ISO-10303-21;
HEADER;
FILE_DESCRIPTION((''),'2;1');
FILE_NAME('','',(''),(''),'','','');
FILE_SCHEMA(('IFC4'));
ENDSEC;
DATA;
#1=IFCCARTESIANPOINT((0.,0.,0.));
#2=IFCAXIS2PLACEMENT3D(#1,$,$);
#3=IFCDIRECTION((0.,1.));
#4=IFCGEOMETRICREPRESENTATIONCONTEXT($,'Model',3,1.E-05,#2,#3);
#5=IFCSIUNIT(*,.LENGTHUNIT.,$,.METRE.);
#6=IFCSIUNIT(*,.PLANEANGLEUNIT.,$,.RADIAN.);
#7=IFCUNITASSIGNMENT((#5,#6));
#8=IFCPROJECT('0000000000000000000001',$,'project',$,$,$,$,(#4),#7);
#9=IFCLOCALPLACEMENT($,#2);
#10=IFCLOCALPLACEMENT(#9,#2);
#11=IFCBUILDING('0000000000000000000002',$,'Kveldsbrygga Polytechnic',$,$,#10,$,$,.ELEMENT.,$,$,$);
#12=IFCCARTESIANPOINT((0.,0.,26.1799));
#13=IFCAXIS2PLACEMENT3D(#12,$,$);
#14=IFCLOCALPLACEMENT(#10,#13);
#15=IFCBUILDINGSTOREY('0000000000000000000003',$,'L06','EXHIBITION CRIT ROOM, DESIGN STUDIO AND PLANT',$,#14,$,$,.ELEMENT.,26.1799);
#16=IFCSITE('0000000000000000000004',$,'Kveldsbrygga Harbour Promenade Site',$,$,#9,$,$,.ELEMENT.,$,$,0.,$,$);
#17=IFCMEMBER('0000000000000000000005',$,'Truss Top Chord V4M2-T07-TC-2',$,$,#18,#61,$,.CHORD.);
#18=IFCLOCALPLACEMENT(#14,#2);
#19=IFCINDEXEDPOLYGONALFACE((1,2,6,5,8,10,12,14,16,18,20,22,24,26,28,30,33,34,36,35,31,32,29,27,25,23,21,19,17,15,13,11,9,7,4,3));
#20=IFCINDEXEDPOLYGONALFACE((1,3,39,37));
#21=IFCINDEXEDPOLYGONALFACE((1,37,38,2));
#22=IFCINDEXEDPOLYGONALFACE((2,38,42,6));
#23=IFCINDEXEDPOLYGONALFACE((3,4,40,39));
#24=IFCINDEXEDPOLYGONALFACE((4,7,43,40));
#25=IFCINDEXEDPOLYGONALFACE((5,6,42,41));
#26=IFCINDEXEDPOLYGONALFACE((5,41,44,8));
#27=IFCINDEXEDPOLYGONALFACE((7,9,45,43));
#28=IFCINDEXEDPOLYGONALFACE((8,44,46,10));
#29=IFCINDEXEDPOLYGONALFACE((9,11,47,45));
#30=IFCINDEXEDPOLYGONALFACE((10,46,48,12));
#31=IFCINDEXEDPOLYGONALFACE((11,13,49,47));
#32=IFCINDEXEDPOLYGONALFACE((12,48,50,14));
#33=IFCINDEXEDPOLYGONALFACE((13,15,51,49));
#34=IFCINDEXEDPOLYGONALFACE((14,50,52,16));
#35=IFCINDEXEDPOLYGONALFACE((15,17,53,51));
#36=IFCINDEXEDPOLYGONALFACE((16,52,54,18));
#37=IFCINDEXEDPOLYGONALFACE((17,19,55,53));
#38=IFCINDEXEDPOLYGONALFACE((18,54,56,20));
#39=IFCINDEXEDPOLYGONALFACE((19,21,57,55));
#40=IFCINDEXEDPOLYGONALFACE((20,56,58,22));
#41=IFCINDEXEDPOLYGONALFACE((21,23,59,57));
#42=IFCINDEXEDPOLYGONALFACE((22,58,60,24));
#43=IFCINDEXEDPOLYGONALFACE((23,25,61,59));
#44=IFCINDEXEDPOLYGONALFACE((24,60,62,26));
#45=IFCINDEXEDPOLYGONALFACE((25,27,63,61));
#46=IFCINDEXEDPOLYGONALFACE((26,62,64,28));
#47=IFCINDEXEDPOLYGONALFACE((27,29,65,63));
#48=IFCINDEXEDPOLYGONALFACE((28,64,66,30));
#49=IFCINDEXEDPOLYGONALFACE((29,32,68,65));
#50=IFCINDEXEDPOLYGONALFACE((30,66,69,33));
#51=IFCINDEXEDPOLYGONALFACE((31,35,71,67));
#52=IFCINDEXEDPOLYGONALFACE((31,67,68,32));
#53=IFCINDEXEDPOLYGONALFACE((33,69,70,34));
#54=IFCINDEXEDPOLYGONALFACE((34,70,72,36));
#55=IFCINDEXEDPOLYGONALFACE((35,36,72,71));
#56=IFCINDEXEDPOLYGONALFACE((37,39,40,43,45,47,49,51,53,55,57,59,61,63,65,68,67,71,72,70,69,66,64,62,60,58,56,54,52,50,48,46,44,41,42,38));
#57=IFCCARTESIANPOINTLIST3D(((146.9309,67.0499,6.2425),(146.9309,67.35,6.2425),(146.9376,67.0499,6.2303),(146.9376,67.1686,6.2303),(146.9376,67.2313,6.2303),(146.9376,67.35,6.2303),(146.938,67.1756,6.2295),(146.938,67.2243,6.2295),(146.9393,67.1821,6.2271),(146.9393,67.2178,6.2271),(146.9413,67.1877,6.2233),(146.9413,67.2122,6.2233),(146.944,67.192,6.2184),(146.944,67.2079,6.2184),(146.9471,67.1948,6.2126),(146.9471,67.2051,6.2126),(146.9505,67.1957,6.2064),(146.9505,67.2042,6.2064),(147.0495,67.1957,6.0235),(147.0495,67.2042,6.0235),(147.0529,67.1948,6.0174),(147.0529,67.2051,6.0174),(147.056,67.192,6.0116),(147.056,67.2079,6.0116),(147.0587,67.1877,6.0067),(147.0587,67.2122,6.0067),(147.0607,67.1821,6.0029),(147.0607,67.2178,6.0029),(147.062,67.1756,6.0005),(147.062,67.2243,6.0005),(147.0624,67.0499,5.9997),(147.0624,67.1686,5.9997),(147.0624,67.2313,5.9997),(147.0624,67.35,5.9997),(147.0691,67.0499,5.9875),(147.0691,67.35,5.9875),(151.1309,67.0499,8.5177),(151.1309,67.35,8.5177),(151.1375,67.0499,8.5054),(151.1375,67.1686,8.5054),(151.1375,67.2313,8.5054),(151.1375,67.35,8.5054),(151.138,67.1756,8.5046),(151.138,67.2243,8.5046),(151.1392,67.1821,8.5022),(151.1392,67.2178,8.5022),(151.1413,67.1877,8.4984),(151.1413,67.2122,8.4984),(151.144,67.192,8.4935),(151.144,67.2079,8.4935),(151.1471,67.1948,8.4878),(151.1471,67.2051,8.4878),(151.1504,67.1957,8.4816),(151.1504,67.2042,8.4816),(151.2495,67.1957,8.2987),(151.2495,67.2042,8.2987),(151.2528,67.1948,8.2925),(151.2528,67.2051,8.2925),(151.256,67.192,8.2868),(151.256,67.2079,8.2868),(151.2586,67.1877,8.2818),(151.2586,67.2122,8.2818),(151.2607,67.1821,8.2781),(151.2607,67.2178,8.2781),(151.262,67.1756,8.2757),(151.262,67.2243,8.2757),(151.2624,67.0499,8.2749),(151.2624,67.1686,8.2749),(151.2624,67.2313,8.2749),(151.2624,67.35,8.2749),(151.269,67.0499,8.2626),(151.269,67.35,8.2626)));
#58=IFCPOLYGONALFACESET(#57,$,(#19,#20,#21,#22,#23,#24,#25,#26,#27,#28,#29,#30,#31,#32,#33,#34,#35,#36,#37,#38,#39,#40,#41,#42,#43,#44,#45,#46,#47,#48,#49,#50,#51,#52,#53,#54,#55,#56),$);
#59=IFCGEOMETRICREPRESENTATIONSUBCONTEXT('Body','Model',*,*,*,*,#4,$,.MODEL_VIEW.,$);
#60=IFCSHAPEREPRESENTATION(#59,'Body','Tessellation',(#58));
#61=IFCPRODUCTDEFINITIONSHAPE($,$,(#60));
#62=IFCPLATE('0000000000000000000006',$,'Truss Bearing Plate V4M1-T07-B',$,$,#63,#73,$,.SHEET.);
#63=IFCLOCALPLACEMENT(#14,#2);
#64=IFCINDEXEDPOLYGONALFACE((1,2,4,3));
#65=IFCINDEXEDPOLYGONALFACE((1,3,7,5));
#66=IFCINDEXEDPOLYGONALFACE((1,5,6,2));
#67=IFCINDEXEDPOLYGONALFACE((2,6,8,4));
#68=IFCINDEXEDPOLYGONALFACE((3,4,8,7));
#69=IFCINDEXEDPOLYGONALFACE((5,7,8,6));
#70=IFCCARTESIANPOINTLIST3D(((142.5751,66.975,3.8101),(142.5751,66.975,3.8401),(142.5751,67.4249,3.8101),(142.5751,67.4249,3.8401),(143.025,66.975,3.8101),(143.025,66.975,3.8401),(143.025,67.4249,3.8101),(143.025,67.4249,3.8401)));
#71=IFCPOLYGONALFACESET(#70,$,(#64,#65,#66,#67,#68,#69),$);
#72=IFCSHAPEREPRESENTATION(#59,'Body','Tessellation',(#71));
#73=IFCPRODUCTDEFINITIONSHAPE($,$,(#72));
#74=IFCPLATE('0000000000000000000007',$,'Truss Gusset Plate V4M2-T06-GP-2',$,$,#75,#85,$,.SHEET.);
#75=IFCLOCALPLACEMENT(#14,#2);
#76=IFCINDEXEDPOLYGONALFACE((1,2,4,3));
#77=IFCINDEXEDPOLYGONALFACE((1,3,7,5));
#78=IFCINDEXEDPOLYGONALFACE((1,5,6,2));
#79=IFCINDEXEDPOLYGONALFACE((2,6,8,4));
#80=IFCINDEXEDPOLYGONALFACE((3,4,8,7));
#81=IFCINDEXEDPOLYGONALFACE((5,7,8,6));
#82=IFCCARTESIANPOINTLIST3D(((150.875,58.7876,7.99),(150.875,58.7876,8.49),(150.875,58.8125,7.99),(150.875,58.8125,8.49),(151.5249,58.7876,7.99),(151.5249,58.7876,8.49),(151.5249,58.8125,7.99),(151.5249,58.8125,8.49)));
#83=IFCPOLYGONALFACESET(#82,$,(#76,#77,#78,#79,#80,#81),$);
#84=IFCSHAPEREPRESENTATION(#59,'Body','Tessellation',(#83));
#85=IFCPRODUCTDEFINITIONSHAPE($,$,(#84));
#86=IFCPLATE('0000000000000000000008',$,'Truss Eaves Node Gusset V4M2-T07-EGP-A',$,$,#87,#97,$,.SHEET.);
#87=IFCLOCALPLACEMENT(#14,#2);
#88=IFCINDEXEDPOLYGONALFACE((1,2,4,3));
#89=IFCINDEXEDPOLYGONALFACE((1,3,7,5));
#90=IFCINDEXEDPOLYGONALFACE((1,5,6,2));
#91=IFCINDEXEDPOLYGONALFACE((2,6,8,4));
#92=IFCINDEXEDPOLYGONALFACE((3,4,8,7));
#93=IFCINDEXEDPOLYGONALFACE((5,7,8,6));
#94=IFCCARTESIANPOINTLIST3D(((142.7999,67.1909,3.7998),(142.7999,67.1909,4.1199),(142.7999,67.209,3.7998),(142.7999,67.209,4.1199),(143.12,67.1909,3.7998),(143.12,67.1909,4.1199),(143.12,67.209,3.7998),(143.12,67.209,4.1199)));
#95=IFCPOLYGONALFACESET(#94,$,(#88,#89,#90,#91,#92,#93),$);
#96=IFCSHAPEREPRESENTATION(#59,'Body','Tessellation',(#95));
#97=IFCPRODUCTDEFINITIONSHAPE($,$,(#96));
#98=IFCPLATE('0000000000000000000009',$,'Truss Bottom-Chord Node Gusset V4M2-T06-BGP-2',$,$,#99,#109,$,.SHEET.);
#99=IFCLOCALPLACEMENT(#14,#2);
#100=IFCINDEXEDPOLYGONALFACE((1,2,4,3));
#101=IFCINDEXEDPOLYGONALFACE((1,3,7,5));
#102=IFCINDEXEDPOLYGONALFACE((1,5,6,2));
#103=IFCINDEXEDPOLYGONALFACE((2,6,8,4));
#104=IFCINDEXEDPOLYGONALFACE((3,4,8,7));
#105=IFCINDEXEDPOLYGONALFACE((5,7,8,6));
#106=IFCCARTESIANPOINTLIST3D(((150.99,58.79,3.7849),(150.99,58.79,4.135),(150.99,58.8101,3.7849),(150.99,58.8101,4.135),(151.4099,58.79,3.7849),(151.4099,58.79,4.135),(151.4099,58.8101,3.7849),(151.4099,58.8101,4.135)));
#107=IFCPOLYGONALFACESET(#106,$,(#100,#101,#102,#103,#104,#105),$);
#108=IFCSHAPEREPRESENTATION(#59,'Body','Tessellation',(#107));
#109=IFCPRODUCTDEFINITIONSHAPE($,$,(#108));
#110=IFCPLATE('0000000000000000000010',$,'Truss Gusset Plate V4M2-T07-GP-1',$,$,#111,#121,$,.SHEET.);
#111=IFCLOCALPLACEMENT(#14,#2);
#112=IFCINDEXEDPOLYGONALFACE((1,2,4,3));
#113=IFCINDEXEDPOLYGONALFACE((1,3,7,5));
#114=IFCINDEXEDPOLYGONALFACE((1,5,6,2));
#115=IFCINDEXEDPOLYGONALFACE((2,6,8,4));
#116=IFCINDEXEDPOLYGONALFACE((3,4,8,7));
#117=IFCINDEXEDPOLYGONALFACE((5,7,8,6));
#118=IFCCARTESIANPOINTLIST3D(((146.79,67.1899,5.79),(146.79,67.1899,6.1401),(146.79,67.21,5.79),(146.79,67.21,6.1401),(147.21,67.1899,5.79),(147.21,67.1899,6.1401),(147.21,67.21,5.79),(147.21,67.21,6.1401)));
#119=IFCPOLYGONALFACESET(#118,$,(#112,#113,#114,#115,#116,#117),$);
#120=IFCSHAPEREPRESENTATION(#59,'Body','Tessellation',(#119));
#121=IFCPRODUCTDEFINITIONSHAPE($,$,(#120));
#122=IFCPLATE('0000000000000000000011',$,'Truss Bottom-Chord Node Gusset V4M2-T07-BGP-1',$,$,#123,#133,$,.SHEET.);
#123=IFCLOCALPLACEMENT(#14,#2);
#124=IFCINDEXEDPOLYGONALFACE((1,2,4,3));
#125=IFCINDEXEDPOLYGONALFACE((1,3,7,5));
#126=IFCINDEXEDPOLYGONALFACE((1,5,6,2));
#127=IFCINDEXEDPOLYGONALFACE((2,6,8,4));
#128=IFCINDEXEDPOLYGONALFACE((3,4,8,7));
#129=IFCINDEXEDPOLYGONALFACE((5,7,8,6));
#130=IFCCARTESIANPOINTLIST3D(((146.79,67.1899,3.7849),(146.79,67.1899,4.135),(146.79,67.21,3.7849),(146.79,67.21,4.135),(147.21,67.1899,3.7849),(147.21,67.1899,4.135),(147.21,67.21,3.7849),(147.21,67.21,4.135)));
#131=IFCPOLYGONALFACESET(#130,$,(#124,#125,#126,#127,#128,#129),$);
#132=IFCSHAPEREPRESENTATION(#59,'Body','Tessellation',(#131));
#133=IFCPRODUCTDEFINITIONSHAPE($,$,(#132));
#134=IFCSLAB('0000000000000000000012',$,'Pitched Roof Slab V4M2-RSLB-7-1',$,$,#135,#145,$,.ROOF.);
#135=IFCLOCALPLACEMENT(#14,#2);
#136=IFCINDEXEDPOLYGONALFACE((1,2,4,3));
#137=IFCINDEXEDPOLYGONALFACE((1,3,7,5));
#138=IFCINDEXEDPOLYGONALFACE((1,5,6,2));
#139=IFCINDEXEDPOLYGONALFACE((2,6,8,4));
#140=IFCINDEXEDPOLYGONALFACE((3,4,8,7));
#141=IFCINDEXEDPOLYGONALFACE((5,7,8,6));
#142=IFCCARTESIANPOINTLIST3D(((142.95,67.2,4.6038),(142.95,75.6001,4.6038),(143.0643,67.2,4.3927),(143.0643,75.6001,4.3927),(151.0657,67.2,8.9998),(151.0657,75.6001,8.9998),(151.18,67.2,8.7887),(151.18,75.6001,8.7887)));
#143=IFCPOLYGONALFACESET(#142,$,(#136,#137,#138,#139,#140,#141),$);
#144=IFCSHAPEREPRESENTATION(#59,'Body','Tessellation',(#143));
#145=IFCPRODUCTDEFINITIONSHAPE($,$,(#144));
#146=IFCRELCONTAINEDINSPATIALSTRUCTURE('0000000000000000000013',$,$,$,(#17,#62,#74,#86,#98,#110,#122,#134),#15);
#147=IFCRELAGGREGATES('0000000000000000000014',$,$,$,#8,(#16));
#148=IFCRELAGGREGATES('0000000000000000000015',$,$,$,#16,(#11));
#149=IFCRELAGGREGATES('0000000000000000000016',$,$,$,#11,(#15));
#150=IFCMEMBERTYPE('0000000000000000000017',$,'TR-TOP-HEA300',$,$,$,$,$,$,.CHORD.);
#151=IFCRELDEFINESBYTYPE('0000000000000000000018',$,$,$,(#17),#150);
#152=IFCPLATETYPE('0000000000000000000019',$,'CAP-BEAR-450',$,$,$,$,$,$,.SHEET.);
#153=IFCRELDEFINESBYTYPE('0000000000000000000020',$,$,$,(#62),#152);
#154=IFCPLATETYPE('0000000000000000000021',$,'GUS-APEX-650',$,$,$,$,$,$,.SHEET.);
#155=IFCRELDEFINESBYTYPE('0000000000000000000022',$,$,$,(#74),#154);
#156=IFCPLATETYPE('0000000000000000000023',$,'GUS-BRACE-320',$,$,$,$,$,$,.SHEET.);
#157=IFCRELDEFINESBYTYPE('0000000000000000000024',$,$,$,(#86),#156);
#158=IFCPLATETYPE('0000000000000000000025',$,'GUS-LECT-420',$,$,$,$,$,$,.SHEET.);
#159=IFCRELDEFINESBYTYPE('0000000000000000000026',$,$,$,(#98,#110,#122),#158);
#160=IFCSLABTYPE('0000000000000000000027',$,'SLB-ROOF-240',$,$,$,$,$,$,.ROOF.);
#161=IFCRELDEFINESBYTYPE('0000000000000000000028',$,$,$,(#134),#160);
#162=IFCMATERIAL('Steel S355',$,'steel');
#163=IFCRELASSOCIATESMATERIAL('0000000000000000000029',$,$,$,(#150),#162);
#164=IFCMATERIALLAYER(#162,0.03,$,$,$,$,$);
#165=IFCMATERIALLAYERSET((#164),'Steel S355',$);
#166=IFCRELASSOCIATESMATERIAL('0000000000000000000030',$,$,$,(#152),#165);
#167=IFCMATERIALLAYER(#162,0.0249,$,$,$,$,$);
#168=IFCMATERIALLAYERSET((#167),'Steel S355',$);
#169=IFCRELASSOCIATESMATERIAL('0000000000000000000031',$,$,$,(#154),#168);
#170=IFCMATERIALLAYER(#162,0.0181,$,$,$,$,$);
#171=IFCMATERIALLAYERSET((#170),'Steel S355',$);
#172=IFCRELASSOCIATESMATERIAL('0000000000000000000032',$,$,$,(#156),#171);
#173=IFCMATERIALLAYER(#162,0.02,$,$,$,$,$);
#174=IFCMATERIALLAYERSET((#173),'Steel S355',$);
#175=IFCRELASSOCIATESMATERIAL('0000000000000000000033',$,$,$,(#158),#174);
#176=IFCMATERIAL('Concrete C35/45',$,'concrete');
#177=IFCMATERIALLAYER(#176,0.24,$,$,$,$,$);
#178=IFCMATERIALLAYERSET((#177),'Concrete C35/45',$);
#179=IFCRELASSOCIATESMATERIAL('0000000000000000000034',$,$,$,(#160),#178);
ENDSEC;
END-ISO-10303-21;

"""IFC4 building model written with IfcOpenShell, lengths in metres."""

from ifc_helpers import new_model, si_unit, direction, frame, origin, origin_2d, place, context, subcontext, project, spatial, polyline, rectangle, i_section, outline, extrude, material, layer, layer_set, material_profile, profile_set, type_object, element, save


model = new_model("IFC4")

# Units and contexts
model_context = context("Model", 3, precision=1e-05, world=origin(), true_north=direction((0.0, 1.0)))
body_context = subcontext(model_context, "Body", "Model", "MODEL_VIEW")
ifc_project = project(units=[si_unit("LENGTHUNIT", "METRE"), si_unit("PLANEANGLEUNIT", "RADIAN")], contexts=[model_context])

# Site, building, storey
site_placement = place(None, origin())
site = spatial("IfcSite", under=ifc_project, at=site_placement, Name="Kveldsbrygga Harbour Promenade Site", CompositionType="ELEMENT", RefElevation=0.0)
building_placement = place(site_placement, origin())
building = spatial("IfcBuilding", under=site, at=building_placement, Name="Kveldsbrygga Polytechnic", CompositionType="ELEMENT")
storey_placement = place(building_placement, frame((0.0, 0.0, 26.1799)))
storey = spatial("IfcBuildingStorey", under=building, at=storey_placement, Name="L06", Description="EXHIBITION CRIT ROOM, DESIGN STUDIO AND PLANT", CompositionType="ELEMENT", Elevation=26.1799)

# Shared definitions
ifc_material_1 = material(Name="Steel S355", Category="steel")

# Member
ifc_material_profile_1 = material_profile(ifc_material_1, i_section(OverallWidth=0.3, OverallDepth=0.29, WebThickness=0.0085, FlangeThickness=0.0139, FilletRadius=0.0271, at=origin_2d()), Name="HEA 300")
ifc_profile_set_1 = profile_set([ifc_material_profile_1], Name="Steel S355")
member_type_1 = type_object("IfcMemberType", Name="TR-TOP-HEA300", PredefinedType="CHORD", material=ifc_profile_set_1)
member_1_placement = place(storey_placement, frame((147.0, 67.2, 6.115), z_axis=(0.879277, 0.0, 0.476311), x_axis=(0.0, 1.0, 0.0)))
element("IfcMember", 1, at=member_1_placement, inside=storey, type_object=member_type_1, Name="Truss Top Chord V4M2-T07-TC-2", PredefinedType="CHORD", context=body_context, shape_type="SweptSolid", body=[
    extrude(i_section(OverallWidth=0.3, OverallDepth=0.29, WebThickness=0.0085, FlangeThickness=0.0139, FilletRadius=0.0271, at=origin_2d()), origin(), (0.0, 0.0, 1.0), 4.7766),
])

# Plates
ifc_layer_1 = layer(ifc_material_1, 0.03)
ifc_layer_set_1 = layer_set([ifc_layer_1], Name="Steel S355")
plate_type_1 = type_object("IfcPlateType", Name="CAP-BEAR-450", PredefinedType="SHEET", material=ifc_layer_set_1)
plate_1_placement = place(storey_placement, frame((142.8, 67.2, 3.8101), z_axis=(0.0, 0.0, 1.0), x_axis=(1.0, 0.0, 0.0)))
element("IfcPlate", 2, at=plate_1_placement, inside=storey, type_object=plate_type_1, Name="Truss Bearing Plate V4M1-T07-B", PredefinedType="SHEET", context=body_context, shape_type="SweptSolid", body=[
    extrude(rectangle(XDim=0.45, YDim=0.45, at=origin_2d()), origin(), (0.0, 0.0, 1.0), 0.03),
])
ifc_layer_2 = layer(ifc_material_1, 0.0249)
ifc_layer_set_2 = layer_set([ifc_layer_2], Name="Steel S355")
plate_type_2 = type_object("IfcPlateType", Name="GUS-APEX-650", PredefinedType="SHEET", material=ifc_layer_set_2)
plate_2_placement = place(storey_placement, frame((151.2, 58.8, 7.99), z_axis=(0.0, 0.0, 1.0), x_axis=(1.0, 0.0, 0.0)))
element("IfcPlate", 3, at=plate_2_placement, inside=storey, type_object=plate_type_2, Name="Truss Gusset Plate V4M2-T06-GP-2", PredefinedType="SHEET", context=body_context, shape_type="SweptSolid", body=[
    extrude(rectangle(XDim=0.6499, YDim=0.0249, at=origin_2d()), origin(), (0.0, 0.0, 1.0), 0.5),
])
ifc_layer_3 = layer(ifc_material_1, 0.0181)
ifc_layer_set_3 = layer_set([ifc_layer_3], Name="Steel S355")
plate_type_3 = type_object("IfcPlateType", Name="GUS-BRACE-320", PredefinedType="SHEET", material=ifc_layer_set_3)
plate_3_placement = place(storey_placement, frame((142.96, 67.2, 3.7998), z_axis=(0.0, 0.0, 1.0), x_axis=(1.0, 0.0, 0.0)))
element("IfcPlate", 4, at=plate_3_placement, inside=storey, type_object=plate_type_3, Name="Truss Eaves Node Gusset V4M2-T07-EGP-A", PredefinedType="SHEET", context=body_context, shape_type="SweptSolid", body=[
    extrude(rectangle(XDim=0.3201, YDim=0.0181, at=origin_2d()), origin(), (0.0, 0.0, 1.0), 0.3201),
])
ifc_layer_4 = layer(ifc_material_1, 0.02)
ifc_layer_set_4 = layer_set([ifc_layer_4], Name="Steel S355")
plate_type_4 = type_object("IfcPlateType", Name="GUS-LECT-420", PredefinedType="SHEET", material=ifc_layer_set_4)
for number, where, z_axis, x_axis, name in (
    (5, (151.2, 58.8, 3.7849), (0.0, 0.0, 1.0), (1.0, 0.0, 0.0), "Truss Bottom-Chord Node Gusset V4M2-T06-BGP-2"),
    (6, (147.0, 67.2, 5.79), (0.0, 0.0, 1.0), (1.0, 0.0, 0.0), "Truss Gusset Plate V4M2-T07-GP-1"),
    (7, (147.0, 67.2, 3.7849), (0.0, 0.0, 1.0), (1.0, 0.0, 0.0), "Truss Bottom-Chord Node Gusset V4M2-T07-BGP-1"),
):
    element("IfcPlate", number, at=place(storey_placement, frame(where, z_axis=z_axis, x_axis=x_axis)), inside=storey, type_object=plate_type_4, Name=name, PredefinedType="SHEET", context=body_context, shape_type="SweptSolid", body=[
        extrude(rectangle(XDim=0.4199, YDim=0.02, at=origin_2d()), origin(), (0.0, 0.0, 1.0), 0.3501),
    ])

# Slab
ifc_material_2 = material(Name="Concrete C35/45", Category="concrete")
ifc_layer_5 = layer(ifc_material_2, 0.24)
ifc_layer_set_5 = layer_set([ifc_layer_5], Name="Concrete C35/45")
slab_type = type_object("IfcSlabType", Name="SLB-ROOF-240", PredefinedType="ROOF", material=ifc_layer_set_5)
slab_placement = place(storey_placement, frame((142.95, 67.2, 4.6038), z_axis=(-0.476281, 0.0, 0.879293), x_axis=(0.879293, 0.0, 0.476281)))
element("IfcSlab", 8, at=slab_placement, inside=storey, type_object=slab_type, Name="Pitched Roof Slab V4M2-RSLB-7-1", PredefinedType="ROOF", context=body_context, shape_type="SweptSolid", body=[
    extrude(outline(polyline([(0.0, 0.0), (9.2298, 0.0), (9.2298, 8.4001), (0.0, 8.4001), (0.0, 0.0)])), origin(), (0.0, 0.0, -1.0), 0.24),
])

save(model, "model.ifc")
